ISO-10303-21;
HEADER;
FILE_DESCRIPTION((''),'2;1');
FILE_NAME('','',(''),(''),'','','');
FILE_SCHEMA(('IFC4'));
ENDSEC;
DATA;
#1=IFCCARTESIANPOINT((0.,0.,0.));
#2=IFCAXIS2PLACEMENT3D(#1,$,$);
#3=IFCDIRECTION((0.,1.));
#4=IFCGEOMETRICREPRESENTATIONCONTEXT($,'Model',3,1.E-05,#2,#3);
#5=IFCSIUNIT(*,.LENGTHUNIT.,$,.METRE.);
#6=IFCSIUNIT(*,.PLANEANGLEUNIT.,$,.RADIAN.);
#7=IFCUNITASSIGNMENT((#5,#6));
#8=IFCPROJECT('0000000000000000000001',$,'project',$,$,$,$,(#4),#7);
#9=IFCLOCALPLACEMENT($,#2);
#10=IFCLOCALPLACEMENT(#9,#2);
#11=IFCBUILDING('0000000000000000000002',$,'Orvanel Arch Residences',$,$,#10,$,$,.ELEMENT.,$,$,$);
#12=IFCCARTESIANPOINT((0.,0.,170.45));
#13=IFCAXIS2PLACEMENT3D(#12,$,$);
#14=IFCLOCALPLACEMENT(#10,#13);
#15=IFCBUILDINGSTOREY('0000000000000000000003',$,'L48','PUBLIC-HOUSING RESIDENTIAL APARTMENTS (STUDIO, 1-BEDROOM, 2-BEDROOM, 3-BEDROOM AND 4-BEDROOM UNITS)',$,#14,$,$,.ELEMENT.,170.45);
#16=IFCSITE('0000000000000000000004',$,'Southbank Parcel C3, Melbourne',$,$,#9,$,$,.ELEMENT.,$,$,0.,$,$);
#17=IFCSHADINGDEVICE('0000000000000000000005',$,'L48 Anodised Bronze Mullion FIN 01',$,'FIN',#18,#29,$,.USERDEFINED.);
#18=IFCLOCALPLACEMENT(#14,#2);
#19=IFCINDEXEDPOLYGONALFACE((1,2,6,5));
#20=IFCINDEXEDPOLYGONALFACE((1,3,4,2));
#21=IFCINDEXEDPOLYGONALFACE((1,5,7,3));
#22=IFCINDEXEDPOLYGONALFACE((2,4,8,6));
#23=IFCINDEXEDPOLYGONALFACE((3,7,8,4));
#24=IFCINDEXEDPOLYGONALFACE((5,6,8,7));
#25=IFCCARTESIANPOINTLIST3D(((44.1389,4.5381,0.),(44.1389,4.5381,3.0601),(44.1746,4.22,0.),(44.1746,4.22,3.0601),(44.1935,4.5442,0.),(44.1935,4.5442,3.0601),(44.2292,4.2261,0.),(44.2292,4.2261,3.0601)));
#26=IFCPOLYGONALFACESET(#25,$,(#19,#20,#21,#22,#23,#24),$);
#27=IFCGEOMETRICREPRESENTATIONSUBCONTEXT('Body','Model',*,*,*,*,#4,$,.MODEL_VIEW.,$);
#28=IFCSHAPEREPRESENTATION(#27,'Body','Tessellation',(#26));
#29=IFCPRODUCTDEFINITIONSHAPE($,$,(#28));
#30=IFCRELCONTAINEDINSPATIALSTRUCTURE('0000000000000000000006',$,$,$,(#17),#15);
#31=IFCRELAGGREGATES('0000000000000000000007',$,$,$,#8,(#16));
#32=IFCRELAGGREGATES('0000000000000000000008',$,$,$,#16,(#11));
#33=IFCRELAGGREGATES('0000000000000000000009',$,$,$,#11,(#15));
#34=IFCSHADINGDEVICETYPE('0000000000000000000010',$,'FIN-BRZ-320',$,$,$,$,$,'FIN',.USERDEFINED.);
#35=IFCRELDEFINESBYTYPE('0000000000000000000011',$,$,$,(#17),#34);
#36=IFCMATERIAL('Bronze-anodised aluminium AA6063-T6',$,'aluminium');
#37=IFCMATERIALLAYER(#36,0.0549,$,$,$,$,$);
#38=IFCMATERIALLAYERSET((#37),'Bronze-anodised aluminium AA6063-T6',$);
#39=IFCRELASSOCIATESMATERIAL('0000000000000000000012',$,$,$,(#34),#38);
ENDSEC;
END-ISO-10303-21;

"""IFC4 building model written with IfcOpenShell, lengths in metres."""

from ifc_helpers import new_model, si_unit, direction, frame, origin, origin_2d, place, context, subcontext, project, spatial, rectangle, extrude, material, layer, layer_set, type_object, element, save


model = new_model("IFC4")

# Units and contexts
model_context = context("Model", 3, precision=1e-05, world=origin(), true_north=direction((0.0, 1.0)))
body_context = subcontext(model_context, "Body", "Model", "MODEL_VIEW")
ifc_project = project(units=[si_unit("LENGTHUNIT", "METRE"), si_unit("PLANEANGLEUNIT", "RADIAN")], contexts=[model_context])

# Site, building, storey
site_placement = place(None, origin())
site = spatial("IfcSite", under=ifc_project, at=site_placement, Name="Southbank Parcel C3, Melbourne", CompositionType="ELEMENT", RefElevation=0.0)
building_placement = place(site_placement, origin())
building = spatial("IfcBuilding", under=site, at=building_placement, Name="Orvanel Arch Residences", CompositionType="ELEMENT")
storey_placement = place(building_placement, frame((0.0, 0.0, 170.45)))
storey = spatial("IfcBuildingStorey", under=building, at=storey_placement, Name="L48", Description="PUBLIC-HOUSING RESIDENTIAL APARTMENTS (STUDIO, 1-BEDROOM, 2-BEDROOM, 3-BEDROOM AND 4-BEDROOM UNITS)", CompositionType="ELEMENT", Elevation=170.45)

# Shared definitions
ifc_material_1 = material(Name="Bronze-anodised aluminium AA6063-T6", Category="aluminium")

# Shading device
ifc_layer_1 = layer(ifc_material_1, 0.0549)
ifc_layer_set_1 = layer_set([ifc_layer_1], Name="Bronze-anodised aluminium AA6063-T6")
shading_device_type = type_object("IfcShadingDeviceType", Name="FIN-BRZ-320", ElementType="FIN", PredefinedType="USERDEFINED", material=ifc_layer_set_1)
shading_device_placement = place(storey_placement, frame((44.1841, 4.3821, 0.0), z_axis=(0.0, 0.0, 1.0), x_axis=(0.111469, -0.993768, 0.0)))
element("IfcShadingDevice", 1, at=shading_device_placement, inside=storey, type_object=shading_device_type, Name="L48 Anodised Bronze Mullion FIN 01", ObjectType="FIN", PredefinedType="USERDEFINED", context=body_context, shape_type="SweptSolid", body=[
    extrude(rectangle(XDim=0.3201, YDim=0.0549, at=origin_2d()), origin(), (0.0, 0.0, 1.0), 3.0601),
])

save(model, "model.ifc")
